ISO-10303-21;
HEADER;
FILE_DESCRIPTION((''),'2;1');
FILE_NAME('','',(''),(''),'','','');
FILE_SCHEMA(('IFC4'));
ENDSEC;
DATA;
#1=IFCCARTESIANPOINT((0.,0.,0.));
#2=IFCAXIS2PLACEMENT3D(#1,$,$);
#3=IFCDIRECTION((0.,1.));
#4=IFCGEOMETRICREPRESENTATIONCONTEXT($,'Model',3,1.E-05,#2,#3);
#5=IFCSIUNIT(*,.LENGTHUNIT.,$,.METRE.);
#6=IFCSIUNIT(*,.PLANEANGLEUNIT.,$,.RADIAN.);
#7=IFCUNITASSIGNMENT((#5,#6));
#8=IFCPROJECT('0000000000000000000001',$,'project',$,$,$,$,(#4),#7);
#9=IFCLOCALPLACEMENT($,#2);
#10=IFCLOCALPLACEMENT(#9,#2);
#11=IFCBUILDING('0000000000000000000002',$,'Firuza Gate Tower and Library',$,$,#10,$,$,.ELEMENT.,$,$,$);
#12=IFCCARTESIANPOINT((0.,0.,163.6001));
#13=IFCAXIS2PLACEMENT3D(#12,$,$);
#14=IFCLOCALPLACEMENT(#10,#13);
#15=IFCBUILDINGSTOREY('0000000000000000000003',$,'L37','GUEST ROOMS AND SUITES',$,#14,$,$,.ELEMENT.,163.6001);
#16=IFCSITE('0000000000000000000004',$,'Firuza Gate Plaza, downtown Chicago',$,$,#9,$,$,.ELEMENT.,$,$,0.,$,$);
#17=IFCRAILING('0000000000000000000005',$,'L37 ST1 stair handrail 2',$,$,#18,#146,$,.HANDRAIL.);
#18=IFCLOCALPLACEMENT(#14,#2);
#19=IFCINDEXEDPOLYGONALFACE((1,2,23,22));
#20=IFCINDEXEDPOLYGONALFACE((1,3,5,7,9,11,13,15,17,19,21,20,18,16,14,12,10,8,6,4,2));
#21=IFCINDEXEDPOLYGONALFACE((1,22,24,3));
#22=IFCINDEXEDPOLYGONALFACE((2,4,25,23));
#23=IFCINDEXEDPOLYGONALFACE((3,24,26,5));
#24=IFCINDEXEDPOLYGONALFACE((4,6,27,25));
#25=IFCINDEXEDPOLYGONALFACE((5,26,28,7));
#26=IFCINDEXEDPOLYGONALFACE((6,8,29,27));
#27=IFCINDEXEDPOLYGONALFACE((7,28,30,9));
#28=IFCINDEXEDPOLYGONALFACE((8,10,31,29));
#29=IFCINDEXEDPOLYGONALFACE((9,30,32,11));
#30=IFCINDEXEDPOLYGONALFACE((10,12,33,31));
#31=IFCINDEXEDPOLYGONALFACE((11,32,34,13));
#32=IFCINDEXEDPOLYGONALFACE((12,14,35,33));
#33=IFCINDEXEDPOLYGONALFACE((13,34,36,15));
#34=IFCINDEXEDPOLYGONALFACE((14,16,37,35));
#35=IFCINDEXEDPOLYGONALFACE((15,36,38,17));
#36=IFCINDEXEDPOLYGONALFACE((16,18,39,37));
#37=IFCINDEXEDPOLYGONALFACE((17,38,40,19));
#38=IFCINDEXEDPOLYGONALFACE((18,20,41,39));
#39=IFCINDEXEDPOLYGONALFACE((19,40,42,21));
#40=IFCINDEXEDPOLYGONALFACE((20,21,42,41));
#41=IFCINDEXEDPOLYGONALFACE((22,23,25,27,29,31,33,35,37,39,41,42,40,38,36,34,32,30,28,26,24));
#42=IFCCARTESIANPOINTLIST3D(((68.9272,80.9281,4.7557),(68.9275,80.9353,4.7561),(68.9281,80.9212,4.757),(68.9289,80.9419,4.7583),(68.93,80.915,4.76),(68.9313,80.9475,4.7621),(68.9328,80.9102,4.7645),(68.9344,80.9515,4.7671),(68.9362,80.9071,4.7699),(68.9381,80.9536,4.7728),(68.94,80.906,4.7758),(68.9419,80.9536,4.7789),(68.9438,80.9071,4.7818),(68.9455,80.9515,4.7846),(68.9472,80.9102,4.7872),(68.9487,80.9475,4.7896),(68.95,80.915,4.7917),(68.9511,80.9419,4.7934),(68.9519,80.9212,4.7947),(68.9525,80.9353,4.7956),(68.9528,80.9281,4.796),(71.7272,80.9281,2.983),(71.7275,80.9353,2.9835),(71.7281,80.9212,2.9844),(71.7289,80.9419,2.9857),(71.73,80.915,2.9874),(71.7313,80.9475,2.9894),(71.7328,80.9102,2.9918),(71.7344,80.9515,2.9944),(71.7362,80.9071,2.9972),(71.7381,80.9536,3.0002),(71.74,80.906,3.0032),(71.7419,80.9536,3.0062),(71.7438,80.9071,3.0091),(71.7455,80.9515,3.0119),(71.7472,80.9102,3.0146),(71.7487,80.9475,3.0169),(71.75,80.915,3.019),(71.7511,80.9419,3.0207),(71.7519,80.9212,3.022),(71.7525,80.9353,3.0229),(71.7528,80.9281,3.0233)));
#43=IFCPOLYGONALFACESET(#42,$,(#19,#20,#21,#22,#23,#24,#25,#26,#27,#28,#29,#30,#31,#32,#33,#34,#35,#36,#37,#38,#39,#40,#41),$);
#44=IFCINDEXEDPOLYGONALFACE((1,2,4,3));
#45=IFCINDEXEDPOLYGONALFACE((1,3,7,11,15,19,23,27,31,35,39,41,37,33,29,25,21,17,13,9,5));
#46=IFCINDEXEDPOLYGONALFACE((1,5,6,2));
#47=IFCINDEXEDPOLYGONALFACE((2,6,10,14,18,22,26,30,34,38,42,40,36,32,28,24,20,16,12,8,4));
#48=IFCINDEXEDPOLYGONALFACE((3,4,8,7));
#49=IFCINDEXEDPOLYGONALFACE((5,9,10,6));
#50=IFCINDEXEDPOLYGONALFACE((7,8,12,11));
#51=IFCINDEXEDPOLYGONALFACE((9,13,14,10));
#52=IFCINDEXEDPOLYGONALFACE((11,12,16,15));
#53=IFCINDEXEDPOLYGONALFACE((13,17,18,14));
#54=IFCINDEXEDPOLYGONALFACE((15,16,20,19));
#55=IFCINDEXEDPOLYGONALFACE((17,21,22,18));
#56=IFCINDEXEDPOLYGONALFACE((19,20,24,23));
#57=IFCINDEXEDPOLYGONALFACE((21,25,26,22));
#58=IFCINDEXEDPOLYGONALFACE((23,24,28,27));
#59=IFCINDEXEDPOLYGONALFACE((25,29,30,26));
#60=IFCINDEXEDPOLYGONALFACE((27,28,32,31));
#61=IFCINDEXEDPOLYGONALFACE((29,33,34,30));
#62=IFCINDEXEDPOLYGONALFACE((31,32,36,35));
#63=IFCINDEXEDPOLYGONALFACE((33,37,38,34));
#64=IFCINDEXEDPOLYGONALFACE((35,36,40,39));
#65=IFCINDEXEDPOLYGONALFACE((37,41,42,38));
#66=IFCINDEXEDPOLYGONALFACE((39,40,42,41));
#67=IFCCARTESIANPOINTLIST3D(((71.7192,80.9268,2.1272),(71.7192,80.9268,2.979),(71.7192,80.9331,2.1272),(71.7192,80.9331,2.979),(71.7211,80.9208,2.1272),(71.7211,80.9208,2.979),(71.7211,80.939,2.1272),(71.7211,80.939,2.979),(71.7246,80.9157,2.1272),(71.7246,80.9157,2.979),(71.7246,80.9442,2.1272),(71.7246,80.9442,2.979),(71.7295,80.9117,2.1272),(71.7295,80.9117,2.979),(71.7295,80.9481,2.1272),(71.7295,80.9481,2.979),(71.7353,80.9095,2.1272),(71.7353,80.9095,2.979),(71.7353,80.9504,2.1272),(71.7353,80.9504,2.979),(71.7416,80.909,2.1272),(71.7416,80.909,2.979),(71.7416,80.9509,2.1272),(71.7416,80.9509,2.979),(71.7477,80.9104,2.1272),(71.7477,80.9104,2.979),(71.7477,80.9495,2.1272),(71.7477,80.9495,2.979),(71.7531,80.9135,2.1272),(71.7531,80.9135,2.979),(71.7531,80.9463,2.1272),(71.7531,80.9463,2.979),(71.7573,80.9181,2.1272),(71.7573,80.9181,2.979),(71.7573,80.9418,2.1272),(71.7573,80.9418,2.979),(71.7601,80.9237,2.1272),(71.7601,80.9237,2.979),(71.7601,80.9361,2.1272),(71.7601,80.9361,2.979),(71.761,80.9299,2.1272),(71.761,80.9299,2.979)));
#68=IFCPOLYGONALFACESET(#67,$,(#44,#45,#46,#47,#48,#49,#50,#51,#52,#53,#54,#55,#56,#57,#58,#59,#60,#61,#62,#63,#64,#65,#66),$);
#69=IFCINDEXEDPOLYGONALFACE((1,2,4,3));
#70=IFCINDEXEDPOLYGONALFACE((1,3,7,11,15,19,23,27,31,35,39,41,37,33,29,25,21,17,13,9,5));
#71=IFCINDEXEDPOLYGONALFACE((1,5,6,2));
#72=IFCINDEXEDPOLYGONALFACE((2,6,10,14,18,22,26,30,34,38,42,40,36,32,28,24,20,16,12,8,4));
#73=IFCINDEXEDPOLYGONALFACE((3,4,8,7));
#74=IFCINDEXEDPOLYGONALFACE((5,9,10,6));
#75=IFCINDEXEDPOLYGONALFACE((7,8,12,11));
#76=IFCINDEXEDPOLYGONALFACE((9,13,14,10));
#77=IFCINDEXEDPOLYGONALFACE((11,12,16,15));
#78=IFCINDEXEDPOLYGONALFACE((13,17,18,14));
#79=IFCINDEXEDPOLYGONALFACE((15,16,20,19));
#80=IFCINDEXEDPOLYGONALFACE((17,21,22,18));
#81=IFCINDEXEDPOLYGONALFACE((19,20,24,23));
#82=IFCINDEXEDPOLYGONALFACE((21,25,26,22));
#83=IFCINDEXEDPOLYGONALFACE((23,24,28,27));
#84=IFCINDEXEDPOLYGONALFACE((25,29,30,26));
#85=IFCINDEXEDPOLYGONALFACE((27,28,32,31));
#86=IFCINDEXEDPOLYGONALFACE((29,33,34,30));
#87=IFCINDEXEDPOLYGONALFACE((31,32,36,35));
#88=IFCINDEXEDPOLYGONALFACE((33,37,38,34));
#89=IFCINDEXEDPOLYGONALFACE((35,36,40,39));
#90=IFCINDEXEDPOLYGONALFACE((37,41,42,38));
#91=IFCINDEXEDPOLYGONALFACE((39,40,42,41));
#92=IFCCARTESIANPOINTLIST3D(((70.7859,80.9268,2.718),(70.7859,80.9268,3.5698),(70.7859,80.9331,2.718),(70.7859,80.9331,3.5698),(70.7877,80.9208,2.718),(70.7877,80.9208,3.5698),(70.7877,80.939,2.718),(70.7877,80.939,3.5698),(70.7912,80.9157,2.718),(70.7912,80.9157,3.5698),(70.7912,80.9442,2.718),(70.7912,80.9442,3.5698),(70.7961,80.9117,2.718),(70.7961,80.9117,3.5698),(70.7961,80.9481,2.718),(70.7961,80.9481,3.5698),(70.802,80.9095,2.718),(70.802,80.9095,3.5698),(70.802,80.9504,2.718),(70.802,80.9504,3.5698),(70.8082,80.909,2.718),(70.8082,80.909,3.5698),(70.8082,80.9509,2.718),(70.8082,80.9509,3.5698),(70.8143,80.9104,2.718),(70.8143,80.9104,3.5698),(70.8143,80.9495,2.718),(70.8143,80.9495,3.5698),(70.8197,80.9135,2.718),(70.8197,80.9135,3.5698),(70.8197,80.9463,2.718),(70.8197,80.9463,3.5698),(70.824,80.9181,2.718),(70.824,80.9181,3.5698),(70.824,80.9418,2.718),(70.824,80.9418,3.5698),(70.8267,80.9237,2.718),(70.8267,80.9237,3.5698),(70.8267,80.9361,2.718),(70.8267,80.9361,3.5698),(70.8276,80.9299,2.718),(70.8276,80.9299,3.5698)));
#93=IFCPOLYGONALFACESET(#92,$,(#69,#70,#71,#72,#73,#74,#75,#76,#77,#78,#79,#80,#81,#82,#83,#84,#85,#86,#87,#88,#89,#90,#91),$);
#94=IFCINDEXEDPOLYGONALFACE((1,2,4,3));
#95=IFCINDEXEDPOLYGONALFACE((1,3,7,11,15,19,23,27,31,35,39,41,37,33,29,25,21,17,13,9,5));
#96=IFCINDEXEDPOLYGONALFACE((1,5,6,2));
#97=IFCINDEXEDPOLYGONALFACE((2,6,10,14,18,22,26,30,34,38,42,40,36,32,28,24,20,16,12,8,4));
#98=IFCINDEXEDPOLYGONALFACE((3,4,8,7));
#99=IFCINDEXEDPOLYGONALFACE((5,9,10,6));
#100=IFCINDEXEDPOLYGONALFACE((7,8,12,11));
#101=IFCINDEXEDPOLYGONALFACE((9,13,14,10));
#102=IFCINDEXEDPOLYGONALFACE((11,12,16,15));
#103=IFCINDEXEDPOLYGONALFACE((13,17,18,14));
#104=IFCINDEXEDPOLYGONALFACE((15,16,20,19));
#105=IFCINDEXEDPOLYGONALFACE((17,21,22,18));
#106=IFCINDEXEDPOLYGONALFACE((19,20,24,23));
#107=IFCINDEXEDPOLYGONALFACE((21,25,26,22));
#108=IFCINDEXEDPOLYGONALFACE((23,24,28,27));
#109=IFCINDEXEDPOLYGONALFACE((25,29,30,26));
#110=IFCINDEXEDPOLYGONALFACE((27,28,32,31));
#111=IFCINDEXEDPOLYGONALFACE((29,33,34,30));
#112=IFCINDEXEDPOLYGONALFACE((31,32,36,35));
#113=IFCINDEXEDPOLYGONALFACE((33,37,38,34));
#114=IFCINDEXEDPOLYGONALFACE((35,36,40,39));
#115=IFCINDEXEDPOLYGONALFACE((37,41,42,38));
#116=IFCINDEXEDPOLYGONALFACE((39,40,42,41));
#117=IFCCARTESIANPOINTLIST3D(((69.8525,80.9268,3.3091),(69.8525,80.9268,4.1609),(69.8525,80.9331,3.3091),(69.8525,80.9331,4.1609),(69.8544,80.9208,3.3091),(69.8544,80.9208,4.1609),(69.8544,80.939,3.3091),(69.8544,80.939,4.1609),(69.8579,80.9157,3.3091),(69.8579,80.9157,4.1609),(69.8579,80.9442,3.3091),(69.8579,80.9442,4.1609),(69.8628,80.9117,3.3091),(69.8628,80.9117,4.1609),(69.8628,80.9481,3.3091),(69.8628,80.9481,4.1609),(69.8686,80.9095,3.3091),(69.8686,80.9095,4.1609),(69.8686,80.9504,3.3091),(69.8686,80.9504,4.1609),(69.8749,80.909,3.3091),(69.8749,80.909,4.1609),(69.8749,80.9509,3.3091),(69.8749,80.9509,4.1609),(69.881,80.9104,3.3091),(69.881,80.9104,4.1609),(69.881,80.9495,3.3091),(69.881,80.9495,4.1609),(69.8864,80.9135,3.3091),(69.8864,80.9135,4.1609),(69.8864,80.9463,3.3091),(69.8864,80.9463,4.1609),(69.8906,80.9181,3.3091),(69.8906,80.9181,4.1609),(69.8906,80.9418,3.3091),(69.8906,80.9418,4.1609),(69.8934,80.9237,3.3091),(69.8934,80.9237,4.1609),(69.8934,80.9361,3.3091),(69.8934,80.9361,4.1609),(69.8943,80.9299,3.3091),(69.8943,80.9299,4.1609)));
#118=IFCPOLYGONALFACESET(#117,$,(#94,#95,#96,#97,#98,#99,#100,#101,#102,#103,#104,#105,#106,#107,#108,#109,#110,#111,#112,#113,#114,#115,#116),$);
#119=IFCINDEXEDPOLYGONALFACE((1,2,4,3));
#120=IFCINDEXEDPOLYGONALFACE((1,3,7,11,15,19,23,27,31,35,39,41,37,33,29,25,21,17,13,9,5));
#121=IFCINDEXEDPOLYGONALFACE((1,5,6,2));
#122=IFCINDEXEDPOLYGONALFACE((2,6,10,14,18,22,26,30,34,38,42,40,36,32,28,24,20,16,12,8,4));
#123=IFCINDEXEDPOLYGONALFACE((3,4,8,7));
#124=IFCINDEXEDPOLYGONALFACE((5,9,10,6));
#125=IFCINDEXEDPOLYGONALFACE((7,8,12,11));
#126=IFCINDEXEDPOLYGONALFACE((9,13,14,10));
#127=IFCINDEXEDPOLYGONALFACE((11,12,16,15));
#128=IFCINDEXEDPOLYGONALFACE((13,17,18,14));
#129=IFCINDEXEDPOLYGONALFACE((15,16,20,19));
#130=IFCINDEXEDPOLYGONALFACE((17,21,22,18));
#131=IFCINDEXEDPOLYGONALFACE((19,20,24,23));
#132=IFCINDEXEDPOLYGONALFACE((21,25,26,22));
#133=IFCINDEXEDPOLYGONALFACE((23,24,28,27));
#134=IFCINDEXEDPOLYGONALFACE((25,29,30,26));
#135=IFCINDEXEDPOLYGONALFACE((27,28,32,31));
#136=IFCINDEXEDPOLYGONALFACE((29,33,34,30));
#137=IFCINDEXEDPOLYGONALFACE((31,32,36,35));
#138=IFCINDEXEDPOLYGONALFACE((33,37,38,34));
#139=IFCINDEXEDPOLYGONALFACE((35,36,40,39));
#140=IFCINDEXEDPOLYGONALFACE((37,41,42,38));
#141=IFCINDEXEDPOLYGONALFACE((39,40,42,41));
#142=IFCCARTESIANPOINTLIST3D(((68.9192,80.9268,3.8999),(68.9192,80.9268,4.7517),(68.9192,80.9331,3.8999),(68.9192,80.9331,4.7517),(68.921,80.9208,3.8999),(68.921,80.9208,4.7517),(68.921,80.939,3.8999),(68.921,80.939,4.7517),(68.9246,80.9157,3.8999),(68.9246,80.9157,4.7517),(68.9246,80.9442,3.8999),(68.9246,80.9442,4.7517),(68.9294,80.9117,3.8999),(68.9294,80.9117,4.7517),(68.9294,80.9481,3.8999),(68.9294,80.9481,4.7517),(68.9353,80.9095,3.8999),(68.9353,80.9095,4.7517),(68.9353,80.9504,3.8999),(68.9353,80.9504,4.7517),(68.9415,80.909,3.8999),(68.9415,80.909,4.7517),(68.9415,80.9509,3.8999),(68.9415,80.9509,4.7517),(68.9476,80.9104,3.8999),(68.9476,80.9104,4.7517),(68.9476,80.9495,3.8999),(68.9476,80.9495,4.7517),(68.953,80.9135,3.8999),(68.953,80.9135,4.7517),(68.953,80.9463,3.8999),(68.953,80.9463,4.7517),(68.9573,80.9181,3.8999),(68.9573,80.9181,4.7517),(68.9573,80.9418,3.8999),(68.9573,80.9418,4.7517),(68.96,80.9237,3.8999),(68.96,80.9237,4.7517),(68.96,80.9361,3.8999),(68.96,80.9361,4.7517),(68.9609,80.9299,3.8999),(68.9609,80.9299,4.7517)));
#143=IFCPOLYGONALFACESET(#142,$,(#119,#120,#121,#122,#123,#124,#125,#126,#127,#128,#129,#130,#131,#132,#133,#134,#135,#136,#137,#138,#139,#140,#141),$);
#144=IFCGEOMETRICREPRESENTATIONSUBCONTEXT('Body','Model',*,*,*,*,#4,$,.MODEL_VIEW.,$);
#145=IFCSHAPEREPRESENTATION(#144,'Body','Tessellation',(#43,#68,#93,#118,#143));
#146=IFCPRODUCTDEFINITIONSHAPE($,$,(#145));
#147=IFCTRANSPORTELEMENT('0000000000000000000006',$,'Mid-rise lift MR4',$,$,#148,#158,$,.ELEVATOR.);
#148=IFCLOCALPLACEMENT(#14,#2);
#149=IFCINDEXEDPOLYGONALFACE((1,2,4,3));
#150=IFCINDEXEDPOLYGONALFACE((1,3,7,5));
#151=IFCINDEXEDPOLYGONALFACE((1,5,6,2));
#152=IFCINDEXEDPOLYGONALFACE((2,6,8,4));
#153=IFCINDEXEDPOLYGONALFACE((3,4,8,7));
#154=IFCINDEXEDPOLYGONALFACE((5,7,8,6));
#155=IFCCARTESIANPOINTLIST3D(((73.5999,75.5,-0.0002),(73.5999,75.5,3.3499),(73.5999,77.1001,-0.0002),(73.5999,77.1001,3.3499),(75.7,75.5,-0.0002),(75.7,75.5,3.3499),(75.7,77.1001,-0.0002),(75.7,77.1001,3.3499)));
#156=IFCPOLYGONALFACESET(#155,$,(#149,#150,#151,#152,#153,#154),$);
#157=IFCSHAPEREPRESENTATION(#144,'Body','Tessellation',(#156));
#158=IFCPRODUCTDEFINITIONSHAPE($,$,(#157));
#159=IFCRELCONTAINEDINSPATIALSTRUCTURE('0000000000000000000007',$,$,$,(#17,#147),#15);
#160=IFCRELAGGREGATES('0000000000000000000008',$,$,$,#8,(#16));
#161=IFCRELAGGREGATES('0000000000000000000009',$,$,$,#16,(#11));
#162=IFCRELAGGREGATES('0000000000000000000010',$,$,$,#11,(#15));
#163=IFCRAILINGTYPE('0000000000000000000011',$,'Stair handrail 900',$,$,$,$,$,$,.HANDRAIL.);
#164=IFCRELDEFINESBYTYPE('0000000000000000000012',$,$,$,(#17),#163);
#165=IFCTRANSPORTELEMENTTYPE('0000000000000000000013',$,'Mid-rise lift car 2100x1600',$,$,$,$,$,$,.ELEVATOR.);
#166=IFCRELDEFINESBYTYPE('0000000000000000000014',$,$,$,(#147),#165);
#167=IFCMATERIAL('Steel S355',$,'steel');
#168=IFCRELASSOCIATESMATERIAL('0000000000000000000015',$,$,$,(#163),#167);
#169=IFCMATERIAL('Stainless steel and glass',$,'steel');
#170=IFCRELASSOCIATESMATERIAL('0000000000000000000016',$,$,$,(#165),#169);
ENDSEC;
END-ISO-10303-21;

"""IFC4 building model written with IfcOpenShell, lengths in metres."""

from ifc_helpers import new_model, si_unit, direction, frame, origin, origin_2d, place, context, subcontext, project, spatial, rectangle, circle, extrude, material, type_object, element, save


model = new_model("IFC4")

# Units and contexts
model_context = context("Model", 3, precision=1e-05, world=origin(), true_north=direction((0.0, 1.0)))
body_context = subcontext(model_context, "Body", "Model", "MODEL_VIEW")
ifc_project = project(units=[si_unit("LENGTHUNIT", "METRE"), si_unit("PLANEANGLEUNIT", "RADIAN")], contexts=[model_context])

# Site, building, storey
site_placement = place(None, origin())
site = spatial("IfcSite", under=ifc_project, at=site_placement, Name="Firuza Gate Plaza, downtown Chicago", CompositionType="ELEMENT", RefElevation=0.0)
building_placement = place(site_placement, origin())
building = spatial("IfcBuilding", under=site, at=building_placement, Name="Firuza Gate Tower and Library", CompositionType="ELEMENT")
storey_placement = place(building_placement, frame((0.0, 0.0, 163.6001)))
storey = spatial("IfcBuildingStorey", under=building, at=storey_placement, Name="L37", Description="GUEST ROOMS AND SUITES", CompositionType="ELEMENT", Elevation=163.6001)

# Railing
ifc_material_1 = material(Name="Steel S355", Category="steel")
railing_type_1 = type_object("IfcRailingType", Name="Stair handrail 900", PredefinedType="HANDRAIL", material=ifc_material_1)
railing_1_placement = place(storey_placement, frame((71.74, 80.9299, 2.1272)))
element("IfcRailing", 1, at=railing_1_placement, inside=storey, type_object=railing_type_1, Name="L37 ST1 stair handrail 2", PredefinedType="HANDRAIL", context=body_context, shape_type="SweptSolid", body=[
    extrude(circle(Radius=0.0239, at=origin_2d()), frame((0.0, 0.0, 0.876), z_axis=(-0.844909, 0.0, 0.53491), x_axis=(0.0, -1.0, 0.0)), (0.0, 0.0, 1.0), 3.314),
    extrude(circle(Radius=0.021, at=origin_2d()), origin(), (0.0, 0.0, 1.0), 0.8518),
    extrude(circle(Radius=0.021, at=origin_2d()), frame((-0.9333, 0.0, 0.5908)), (0.0, 0.0, 1.0), 0.8518),
    extrude(circle(Radius=0.021, at=origin_2d()), frame((-1.8667, 0.0, 1.1819)), (0.0, 0.0, 1.0), 0.8518),
    extrude(circle(Radius=0.021, at=origin_2d()), frame((-2.8, 0.0, 1.7727)), (0.0, 0.0, 1.0), 0.8518),
])

# Transport element
ifc_material_2 = material(Name="Stainless steel and glass", Category="steel")
transport_element_type = type_object("IfcTransportElementType", Name="Mid-rise lift car 2100x1600", PredefinedType="ELEVATOR", material=ifc_material_2)
transport_element_placement = place(storey_placement, frame((74.6499, 76.3, -0.0002), z_axis=(0.0, 0.0, 1.0), x_axis=(1.0, 0.0, 0.0)))
element("IfcTransportElement", 2, at=transport_element_placement, inside=storey, type_object=transport_element_type, Name="Mid-rise lift MR4", PredefinedType="ELEVATOR", context=body_context, shape_type="SweptSolid", body=[
    extrude(rectangle(XDim=2.1001, YDim=1.6001, at=origin_2d()), origin(), (0.0, 0.0, 1.0), 3.3501),
])

save(model, "model.ifc")
